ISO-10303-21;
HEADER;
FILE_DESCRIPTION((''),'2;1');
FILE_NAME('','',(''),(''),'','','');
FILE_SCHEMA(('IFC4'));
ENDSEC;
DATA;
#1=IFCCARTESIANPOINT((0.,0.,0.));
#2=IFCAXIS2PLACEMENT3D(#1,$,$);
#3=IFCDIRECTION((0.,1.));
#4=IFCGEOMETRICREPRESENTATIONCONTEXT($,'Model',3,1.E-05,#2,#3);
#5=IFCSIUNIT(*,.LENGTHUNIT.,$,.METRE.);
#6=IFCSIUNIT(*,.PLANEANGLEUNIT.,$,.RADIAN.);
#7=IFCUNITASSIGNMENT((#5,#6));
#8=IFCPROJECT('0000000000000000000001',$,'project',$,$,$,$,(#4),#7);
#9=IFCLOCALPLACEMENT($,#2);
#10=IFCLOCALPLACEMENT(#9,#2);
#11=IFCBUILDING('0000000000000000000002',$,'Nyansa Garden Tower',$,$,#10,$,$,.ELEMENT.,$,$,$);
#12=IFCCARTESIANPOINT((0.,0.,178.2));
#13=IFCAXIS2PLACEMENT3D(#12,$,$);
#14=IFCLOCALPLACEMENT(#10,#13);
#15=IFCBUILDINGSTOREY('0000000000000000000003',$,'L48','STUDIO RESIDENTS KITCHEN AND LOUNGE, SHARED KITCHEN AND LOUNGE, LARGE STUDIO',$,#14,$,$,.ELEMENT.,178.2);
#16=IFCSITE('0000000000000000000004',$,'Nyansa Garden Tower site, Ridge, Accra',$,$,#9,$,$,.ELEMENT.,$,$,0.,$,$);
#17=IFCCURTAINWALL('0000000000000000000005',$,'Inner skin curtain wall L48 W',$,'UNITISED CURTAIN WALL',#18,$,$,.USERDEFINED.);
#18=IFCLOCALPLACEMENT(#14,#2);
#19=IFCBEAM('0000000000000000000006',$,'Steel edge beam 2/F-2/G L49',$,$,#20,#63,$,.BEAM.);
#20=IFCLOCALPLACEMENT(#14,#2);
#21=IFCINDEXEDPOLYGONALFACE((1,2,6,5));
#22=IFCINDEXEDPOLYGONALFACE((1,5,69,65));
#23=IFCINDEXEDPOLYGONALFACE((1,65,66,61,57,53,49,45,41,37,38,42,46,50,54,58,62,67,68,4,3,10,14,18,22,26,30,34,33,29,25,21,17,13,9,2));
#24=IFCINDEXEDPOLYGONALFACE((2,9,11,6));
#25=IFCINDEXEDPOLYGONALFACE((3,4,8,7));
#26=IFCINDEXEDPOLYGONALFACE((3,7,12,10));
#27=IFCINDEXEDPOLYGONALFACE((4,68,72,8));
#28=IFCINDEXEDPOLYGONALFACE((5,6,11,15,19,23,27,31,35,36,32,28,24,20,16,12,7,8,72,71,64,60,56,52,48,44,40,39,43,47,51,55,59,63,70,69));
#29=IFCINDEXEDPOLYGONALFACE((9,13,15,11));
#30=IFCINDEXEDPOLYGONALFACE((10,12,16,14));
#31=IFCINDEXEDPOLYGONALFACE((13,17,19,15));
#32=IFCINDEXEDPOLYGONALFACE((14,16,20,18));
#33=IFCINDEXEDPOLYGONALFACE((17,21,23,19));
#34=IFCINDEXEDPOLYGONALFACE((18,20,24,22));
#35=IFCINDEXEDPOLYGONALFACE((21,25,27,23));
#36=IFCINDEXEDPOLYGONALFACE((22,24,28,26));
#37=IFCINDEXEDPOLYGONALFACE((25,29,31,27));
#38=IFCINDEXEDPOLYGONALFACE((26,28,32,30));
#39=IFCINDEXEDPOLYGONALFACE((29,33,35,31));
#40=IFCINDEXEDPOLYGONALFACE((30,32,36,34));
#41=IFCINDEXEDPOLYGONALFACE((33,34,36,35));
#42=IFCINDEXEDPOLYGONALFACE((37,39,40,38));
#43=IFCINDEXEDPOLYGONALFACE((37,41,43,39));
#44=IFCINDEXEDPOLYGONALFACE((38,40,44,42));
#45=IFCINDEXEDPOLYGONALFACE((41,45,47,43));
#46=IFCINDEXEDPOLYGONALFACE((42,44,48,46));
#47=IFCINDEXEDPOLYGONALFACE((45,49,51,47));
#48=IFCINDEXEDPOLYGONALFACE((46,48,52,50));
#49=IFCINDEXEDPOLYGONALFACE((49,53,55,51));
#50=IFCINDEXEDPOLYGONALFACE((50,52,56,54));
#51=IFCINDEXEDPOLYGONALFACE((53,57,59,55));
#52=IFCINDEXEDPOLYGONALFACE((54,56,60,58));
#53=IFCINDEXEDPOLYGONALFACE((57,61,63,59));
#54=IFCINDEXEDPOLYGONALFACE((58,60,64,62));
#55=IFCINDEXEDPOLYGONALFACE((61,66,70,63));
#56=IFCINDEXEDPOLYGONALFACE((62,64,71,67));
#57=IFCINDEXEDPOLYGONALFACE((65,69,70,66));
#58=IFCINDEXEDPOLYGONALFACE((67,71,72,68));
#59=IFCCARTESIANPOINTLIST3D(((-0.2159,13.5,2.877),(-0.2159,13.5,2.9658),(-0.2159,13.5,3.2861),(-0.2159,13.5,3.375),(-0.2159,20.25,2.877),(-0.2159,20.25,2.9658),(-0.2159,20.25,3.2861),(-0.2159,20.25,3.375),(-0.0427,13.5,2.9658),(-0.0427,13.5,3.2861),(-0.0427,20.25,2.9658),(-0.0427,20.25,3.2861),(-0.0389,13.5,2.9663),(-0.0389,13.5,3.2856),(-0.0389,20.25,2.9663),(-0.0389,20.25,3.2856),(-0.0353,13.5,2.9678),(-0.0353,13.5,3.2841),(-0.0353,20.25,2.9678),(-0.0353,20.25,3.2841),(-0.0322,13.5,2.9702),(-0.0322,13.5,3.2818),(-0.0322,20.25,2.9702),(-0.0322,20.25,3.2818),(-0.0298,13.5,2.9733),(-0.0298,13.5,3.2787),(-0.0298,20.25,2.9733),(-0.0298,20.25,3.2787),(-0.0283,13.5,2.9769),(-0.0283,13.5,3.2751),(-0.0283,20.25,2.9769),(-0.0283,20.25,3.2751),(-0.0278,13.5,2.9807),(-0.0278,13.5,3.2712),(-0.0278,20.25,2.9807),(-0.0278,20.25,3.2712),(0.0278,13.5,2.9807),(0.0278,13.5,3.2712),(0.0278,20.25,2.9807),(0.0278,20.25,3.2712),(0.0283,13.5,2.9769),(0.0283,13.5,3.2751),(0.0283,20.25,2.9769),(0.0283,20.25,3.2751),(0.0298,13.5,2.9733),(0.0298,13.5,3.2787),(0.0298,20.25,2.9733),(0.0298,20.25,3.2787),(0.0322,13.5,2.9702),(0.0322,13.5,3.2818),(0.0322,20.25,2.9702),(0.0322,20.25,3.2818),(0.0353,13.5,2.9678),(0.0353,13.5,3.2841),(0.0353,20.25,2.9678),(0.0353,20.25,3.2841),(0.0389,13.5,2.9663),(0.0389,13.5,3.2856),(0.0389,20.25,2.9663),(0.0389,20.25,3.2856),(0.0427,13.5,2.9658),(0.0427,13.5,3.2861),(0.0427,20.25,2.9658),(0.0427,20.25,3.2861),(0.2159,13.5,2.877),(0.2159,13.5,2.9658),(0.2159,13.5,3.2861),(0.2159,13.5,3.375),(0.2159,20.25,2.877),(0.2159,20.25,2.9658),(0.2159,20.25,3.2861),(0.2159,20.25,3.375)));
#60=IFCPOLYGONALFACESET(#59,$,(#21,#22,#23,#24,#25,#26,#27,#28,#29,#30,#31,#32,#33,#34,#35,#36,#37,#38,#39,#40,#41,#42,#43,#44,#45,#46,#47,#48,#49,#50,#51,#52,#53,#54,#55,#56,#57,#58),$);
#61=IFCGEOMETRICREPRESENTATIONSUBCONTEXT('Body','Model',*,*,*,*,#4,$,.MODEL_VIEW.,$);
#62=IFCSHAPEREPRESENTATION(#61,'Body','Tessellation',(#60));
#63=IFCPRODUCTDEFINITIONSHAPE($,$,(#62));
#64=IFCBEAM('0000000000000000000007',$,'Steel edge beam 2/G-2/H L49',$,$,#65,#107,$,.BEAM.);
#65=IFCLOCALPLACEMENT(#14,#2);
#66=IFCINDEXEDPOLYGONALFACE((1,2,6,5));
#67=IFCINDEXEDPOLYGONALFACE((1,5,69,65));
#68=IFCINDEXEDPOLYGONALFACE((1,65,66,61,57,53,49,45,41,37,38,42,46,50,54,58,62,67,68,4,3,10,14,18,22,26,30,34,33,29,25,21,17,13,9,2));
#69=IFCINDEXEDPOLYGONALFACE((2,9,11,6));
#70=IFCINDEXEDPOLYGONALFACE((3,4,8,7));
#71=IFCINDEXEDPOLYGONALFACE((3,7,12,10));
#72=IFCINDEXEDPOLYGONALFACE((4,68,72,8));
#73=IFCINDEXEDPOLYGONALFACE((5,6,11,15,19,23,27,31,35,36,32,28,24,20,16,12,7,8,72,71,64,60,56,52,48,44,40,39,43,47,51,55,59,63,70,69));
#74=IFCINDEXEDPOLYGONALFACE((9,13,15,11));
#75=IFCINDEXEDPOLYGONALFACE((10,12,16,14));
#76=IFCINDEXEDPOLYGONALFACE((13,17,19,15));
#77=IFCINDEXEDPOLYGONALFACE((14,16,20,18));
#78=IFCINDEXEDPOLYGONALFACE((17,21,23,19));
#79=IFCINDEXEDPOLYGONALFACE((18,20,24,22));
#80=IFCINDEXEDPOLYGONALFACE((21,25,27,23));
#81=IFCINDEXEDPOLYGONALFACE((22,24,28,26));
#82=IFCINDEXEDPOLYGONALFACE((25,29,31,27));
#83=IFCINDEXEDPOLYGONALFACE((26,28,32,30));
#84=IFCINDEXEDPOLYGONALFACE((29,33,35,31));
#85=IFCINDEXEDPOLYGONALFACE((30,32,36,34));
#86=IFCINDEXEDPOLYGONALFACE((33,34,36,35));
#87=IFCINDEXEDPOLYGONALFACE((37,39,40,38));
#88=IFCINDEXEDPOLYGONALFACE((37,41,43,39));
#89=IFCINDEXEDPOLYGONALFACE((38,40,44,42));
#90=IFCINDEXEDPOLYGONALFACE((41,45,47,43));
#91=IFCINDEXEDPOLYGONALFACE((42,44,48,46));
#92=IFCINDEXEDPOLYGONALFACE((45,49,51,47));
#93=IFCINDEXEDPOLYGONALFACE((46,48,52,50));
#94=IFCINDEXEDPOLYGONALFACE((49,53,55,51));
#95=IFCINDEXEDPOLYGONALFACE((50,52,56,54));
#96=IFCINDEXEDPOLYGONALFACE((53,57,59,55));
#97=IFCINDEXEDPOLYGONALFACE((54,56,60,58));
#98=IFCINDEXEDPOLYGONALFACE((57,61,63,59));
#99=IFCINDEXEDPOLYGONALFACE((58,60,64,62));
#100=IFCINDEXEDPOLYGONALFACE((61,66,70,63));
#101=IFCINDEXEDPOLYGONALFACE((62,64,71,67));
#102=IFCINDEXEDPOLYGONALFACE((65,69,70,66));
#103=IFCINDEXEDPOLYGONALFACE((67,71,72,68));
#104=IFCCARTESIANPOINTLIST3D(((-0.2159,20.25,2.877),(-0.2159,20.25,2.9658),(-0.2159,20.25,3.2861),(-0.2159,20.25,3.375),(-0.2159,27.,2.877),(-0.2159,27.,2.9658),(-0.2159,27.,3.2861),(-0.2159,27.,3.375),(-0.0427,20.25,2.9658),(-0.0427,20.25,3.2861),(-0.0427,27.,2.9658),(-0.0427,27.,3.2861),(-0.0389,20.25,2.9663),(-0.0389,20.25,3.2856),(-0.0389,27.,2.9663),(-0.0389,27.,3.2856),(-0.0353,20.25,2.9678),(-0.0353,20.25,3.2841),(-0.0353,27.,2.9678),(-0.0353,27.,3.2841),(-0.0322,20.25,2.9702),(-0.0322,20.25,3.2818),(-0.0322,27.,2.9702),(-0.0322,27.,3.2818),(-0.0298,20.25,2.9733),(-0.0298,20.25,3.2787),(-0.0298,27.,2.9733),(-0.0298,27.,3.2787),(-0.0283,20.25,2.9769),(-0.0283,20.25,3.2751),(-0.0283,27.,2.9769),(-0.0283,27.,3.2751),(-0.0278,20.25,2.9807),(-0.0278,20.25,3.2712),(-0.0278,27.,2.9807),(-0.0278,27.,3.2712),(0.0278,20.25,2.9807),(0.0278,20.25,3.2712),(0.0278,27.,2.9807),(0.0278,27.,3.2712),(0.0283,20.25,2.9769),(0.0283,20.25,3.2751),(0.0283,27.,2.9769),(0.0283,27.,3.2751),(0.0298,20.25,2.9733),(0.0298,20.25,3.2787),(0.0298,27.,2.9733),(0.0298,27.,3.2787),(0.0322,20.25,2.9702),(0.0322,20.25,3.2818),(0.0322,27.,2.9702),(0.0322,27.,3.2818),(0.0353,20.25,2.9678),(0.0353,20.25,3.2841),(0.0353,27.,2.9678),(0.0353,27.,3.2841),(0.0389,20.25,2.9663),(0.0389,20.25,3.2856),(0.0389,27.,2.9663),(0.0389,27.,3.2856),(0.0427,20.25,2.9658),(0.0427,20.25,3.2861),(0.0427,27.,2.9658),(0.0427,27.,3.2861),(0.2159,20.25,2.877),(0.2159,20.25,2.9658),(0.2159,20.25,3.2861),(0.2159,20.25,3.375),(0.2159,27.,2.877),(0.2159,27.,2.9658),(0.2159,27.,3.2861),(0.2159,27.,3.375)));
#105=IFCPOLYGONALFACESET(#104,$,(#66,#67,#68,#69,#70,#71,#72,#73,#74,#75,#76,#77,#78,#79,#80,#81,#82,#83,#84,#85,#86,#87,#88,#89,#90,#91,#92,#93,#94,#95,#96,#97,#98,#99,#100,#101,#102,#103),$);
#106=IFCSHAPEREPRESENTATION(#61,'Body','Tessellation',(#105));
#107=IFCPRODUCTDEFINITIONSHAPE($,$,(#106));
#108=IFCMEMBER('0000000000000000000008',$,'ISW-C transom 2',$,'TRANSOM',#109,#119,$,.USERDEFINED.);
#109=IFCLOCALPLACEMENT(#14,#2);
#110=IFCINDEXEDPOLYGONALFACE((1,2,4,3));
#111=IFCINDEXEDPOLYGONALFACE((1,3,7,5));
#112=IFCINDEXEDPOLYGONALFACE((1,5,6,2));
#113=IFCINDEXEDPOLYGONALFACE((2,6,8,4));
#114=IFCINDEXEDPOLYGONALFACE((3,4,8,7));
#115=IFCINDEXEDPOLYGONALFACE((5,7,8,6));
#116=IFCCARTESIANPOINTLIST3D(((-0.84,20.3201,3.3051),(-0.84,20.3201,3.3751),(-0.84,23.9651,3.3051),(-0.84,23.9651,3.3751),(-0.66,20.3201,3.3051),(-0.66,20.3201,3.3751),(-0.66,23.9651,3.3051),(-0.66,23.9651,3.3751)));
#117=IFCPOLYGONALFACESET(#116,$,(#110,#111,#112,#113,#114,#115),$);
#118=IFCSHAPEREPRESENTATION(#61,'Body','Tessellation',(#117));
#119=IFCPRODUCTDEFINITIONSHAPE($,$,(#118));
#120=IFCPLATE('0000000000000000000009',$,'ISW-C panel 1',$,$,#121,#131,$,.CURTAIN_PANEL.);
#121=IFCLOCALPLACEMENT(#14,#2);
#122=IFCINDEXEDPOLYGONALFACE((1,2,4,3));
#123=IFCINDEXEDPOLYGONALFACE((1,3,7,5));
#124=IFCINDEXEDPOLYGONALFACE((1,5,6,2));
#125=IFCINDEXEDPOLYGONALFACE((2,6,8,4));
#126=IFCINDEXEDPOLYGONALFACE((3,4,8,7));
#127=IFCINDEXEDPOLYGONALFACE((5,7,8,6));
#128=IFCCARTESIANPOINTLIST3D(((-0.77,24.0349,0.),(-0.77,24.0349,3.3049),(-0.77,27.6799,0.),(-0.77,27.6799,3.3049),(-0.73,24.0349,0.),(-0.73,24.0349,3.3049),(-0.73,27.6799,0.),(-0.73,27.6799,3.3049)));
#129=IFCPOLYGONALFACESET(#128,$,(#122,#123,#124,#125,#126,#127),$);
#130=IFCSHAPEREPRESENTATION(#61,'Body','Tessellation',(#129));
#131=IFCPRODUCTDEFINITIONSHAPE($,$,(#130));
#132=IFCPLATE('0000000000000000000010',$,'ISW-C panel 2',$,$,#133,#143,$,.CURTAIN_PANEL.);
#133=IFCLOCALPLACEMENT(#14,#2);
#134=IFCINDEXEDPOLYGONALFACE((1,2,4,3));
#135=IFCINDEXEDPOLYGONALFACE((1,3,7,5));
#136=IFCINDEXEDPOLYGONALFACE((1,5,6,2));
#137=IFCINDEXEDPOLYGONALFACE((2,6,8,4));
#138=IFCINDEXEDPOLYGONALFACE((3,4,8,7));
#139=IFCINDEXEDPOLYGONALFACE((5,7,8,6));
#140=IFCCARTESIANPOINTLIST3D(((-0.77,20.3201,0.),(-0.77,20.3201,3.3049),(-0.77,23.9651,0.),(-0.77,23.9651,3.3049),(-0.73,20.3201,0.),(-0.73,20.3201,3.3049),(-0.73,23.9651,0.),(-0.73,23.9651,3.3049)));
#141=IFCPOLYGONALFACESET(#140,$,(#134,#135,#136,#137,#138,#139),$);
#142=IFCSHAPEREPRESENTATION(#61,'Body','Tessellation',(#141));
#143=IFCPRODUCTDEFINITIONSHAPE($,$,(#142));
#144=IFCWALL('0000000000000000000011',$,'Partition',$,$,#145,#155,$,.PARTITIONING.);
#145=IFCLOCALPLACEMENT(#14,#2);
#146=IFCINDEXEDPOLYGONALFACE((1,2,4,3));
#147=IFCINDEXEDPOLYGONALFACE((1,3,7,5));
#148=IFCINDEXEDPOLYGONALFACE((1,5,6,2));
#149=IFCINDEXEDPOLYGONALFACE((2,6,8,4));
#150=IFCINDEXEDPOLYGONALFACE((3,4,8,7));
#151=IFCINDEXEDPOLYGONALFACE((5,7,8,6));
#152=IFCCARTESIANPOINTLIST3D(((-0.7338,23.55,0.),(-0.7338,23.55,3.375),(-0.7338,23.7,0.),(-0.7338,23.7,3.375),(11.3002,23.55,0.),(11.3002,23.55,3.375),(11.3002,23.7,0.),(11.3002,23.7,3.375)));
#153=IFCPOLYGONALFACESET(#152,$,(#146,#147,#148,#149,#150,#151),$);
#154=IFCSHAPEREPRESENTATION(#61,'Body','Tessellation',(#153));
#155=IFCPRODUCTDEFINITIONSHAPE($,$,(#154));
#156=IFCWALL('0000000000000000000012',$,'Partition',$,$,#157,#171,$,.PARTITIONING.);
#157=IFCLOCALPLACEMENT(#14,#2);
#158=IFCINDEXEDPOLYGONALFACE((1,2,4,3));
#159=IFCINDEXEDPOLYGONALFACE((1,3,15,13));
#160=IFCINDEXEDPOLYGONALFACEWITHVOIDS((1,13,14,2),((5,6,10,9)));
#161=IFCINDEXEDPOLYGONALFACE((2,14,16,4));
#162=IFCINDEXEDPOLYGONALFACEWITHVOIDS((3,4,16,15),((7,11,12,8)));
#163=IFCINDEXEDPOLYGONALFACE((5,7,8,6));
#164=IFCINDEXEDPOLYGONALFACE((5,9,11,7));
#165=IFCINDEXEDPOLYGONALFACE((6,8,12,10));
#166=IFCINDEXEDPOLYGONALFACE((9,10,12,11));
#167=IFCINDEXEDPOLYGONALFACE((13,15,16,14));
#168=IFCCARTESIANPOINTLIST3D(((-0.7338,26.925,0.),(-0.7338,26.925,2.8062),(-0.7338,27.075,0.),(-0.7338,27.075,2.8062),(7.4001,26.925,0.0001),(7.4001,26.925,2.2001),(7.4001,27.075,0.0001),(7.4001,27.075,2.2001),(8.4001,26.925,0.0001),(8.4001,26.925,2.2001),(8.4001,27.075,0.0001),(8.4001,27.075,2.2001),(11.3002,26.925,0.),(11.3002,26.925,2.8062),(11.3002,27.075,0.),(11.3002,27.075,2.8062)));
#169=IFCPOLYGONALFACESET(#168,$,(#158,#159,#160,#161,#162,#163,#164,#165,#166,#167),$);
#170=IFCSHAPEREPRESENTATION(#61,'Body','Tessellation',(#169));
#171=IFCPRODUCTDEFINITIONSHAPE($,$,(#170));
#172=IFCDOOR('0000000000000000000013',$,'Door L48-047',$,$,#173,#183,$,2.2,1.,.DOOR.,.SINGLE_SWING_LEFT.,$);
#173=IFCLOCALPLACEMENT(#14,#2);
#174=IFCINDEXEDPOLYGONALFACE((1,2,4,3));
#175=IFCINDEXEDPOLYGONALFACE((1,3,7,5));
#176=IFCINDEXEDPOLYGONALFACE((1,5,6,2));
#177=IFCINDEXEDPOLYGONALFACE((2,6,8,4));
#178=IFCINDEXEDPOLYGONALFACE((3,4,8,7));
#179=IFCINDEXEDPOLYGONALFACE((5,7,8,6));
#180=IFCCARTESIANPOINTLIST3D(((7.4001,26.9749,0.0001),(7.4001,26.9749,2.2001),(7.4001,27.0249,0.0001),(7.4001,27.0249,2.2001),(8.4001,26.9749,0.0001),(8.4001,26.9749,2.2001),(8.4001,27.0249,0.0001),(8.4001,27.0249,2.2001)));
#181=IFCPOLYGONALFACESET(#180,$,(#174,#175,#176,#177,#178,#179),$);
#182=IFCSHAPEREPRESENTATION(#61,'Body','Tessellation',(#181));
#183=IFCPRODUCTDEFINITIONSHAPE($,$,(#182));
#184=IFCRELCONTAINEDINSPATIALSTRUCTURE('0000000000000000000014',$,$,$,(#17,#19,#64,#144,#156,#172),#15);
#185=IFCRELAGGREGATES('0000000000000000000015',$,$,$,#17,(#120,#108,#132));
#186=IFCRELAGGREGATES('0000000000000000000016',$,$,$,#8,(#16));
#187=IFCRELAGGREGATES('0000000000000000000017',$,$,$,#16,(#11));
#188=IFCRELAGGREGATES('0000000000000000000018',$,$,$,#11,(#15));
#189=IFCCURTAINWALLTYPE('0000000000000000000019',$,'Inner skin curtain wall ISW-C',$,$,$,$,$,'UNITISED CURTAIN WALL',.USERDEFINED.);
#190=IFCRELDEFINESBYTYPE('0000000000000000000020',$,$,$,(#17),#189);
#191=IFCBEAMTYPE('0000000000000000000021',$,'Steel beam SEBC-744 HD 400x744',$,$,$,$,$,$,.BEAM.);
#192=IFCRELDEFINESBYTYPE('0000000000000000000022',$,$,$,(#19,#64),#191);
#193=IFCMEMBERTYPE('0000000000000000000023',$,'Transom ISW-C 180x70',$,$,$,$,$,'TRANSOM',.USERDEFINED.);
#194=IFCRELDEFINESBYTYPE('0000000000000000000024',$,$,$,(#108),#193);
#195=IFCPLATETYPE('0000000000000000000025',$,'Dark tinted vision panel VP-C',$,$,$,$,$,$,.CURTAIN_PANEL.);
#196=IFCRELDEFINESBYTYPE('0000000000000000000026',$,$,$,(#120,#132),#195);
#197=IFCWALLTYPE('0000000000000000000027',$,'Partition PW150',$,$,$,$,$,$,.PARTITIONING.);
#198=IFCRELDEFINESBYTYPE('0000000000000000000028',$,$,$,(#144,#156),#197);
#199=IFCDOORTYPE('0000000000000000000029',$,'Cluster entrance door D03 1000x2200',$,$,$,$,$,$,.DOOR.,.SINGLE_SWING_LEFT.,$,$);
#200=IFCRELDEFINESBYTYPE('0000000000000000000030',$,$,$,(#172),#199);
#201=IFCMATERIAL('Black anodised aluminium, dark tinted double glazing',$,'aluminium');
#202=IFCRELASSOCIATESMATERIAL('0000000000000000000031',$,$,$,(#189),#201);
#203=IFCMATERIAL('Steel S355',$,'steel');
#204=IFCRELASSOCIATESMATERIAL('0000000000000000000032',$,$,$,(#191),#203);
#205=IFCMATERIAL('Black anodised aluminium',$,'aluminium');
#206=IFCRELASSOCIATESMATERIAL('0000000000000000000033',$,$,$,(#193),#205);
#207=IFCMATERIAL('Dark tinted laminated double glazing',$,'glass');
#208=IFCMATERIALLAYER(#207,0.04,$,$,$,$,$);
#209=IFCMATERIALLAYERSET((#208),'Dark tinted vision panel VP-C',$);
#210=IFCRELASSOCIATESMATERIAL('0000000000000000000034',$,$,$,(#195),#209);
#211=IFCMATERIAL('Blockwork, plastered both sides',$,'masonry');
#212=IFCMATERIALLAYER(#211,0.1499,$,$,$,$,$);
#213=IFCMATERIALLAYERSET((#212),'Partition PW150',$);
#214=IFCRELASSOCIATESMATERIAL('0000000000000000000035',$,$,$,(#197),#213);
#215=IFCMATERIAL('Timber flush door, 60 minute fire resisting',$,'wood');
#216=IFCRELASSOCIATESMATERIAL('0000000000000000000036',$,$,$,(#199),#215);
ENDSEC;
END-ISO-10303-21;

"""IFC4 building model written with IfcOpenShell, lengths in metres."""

from ifc_helpers import new_model, si_unit, direction, frame, frame_2d, origin, origin_2d, place, context, subcontext, project, spatial, rectangle, i_section, extrude, material, layer, layer_set, material_profile, profile_set, type_object, element, fill, aggregate, save


model = new_model("IFC4")

# Units and contexts
model_context = context("Model", 3, precision=1e-05, world=origin(), true_north=direction((0.0, 1.0)))
body_context = subcontext(model_context, "Body", "Model", "MODEL_VIEW")
ifc_project = project(units=[si_unit("LENGTHUNIT", "METRE"), si_unit("PLANEANGLEUNIT", "RADIAN")], contexts=[model_context])

# Site, building, storey
site_placement = place(None, origin())
site = spatial("IfcSite", under=ifc_project, at=site_placement, Name="Nyansa Garden Tower site, Ridge, Accra", CompositionType="ELEMENT", RefElevation=0.0)
building_placement = place(site_placement, origin())
building = spatial("IfcBuilding", under=site, at=building_placement, Name="Nyansa Garden Tower", CompositionType="ELEMENT")
storey_placement = place(building_placement, frame((0.0, 0.0, 178.2)))
storey = spatial("IfcBuildingStorey", under=building, at=storey_placement, Name="L48", Description="STUDIO RESIDENTS KITCHEN AND LOUNGE, SHARED KITCHEN AND LOUNGE, LARGE STUDIO", CompositionType="ELEMENT", Elevation=178.2)

# Curtain wall
ifc_material_1 = material(Name="Black anodised aluminium, dark tinted double glazing", Category="aluminium")
curtain_wall_type = type_object("IfcCurtainWallType", Name="Inner skin curtain wall ISW-C", ElementType="UNITISED CURTAIN WALL", PredefinedType="USERDEFINED", material=ifc_material_1)
curtain_wall_placement = place(storey_placement, origin())
curtain_wall = element("IfcCurtainWall", 1, at=curtain_wall_placement, inside=storey, type_object=curtain_wall_type, Name="Inner skin curtain wall L48 W", ObjectType="UNITISED CURTAIN WALL", PredefinedType="USERDEFINED")

# Beams
ifc_material_2 = material(Name="Steel S355", Category="steel")
ifc_material_profile_1 = material_profile(ifc_material_2, i_section(OverallWidth=0.4319, OverallDepth=0.498, WebThickness=0.0557, FlangeThickness=0.0889, FilletRadius=0.0149, at=origin_2d()), Name="HD 400x744")
ifc_profile_set_1 = profile_set([ifc_material_profile_1], Name="Steel S355")
beam_type_1 = type_object("IfcBeamType", Name="Steel beam SEBC-744 HD 400x744", PredefinedType="BEAM", material=ifc_profile_set_1)
for number, where, z_axis, x_axis, name in (
    (2, (0.0, 13.5, 3.126), (0.0, 1.0, 0.0), (-1.0, 0.0, 0.0), "Steel edge beam 2/F-2/G L49"),
    (3, (0.0, 20.25, 3.126), (0.0, 1.0, 0.0), (-1.0, 0.0, 0.0), "Steel edge beam 2/G-2/H L49"),
):
    element("IfcBeam", number, at=place(storey_placement, frame(where, z_axis=z_axis, x_axis=x_axis)), inside=storey, type_object=beam_type_1, Name=name, PredefinedType="BEAM", context=body_context, shape_type="SweptSolid", body=[
        extrude(i_section(OverallWidth=0.4319, OverallDepth=0.498, WebThickness=0.0557, FlangeThickness=0.0889, FilletRadius=0.0149, at=origin_2d()), origin(), (0.0, 0.0, 1.0), 6.75),
    ])

# Member
ifc_material_3 = material(Name="Black anodised aluminium", Category="aluminium")
ifc_material_profile_2 = material_profile(ifc_material_3, rectangle(XDim=0.1799, YDim=0.0701, at=origin_2d()), Name="Transom 180x70")
ifc_profile_set_2 = profile_set([ifc_material_profile_2], Name="Black anodised aluminium")
member_type_1 = type_object("IfcMemberType", Name="Transom ISW-C 180x70", ElementType="TRANSOM", PredefinedType="USERDEFINED", material=ifc_profile_set_2)
member_1_placement = place(storey_placement, frame((-0.75, 23.9651, 3.3401), z_axis=(0.0, -1.0, 0.0), x_axis=(1.0, 0.0, 0.0)))
member_1 = element("IfcMember", 4, at=member_1_placement, type_object=member_type_1, Name="ISW-C transom 2", ObjectType="TRANSOM", PredefinedType="USERDEFINED", context=body_context, shape_type="SweptSolid", body=[
    extrude(rectangle(XDim=0.1799, YDim=0.0701, at=origin_2d()), origin(), (0.0, 0.0, 1.0), 3.645),
])

# Plates
ifc_material_4 = material(Name="Dark tinted laminated double glazing", Category="glass")
ifc_layer_1 = layer(ifc_material_4, 0.04)
ifc_layer_set_1 = layer_set([ifc_layer_1], Name="Dark tinted vision panel VP-C")
plate_type = type_object("IfcPlateType", Name="Dark tinted vision panel VP-C", PredefinedType="CURTAIN_PANEL", material=ifc_layer_set_1)
plate_1_placement = place(storey_placement, frame((-0.75, 25.8574, 0.0), z_axis=(0.0, 0.0, 1.0), x_axis=(0.0, -1.0, 0.0)))
plate_1 = element("IfcPlate", 5, at=plate_1_placement, type_object=plate_type, Name="ISW-C panel 1", PredefinedType="CURTAIN_PANEL", context=body_context, shape_type="SweptSolid", body=[
    extrude(rectangle(XDim=3.645, YDim=0.04, at=origin_2d()), origin(), (0.0, 0.0, 1.0), 3.3049),
])
plate_2_placement = place(storey_placement, frame((-0.75, 22.1426, 0.0), z_axis=(0.0, 0.0, 1.0), x_axis=(0.0, -1.0, 0.0)))
plate_2 = element("IfcPlate", 6, at=plate_2_placement, type_object=plate_type, Name="ISW-C panel 2", PredefinedType="CURTAIN_PANEL", context=body_context, shape_type="SweptSolid", body=[
    extrude(rectangle(XDim=3.645, YDim=0.04, at=origin_2d()), origin(), (0.0, 0.0, 1.0), 3.3049),
])
aggregate(curtain_wall, [plate_1, member_1, plate_2])

# Wall
ifc_material_5 = material(Name="Blockwork, plastered both sides", Category="masonry")
ifc_layer_2 = layer(ifc_material_5, 0.1499)
ifc_layer_set_2 = layer_set([ifc_layer_2], Name="Partition PW150")
wall_type_1 = type_object("IfcWallType", Name="Partition PW150", PredefinedType="PARTITIONING", material=ifc_layer_set_2)
wall_1_placement = place(storey_placement, frame((-0.7339, 23.625, 0.0), z_axis=(0.0, 0.0, 1.0), x_axis=(1.0, 0.0, 0.0)))
element("IfcWall", 7, at=wall_1_placement, inside=storey, type_object=wall_type_1, Name="Partition", PredefinedType="PARTITIONING", context=body_context, shape_type="SweptSolid", body=[
    extrude(rectangle(XDim=12.0339, YDim=0.1499, at=frame_2d((6.0171, 0.0))), origin(), (0.0, 0.0, 1.0), 3.375),
])

# Wall, opening, door
wall_2_placement = place(storey_placement, frame((-0.7339, 27.0, 0.0), z_axis=(0.0, 0.0, 1.0), x_axis=(1.0, 0.0, 0.0)))
wall_2 = element("IfcWall", 8, at=wall_2_placement, inside=storey, type_object=wall_type_1, Name="Partition", PredefinedType="PARTITIONING", context=body_context, shape_type="SweptSolid", body=[
    extrude(rectangle(XDim=12.0339, YDim=0.1499, at=frame_2d((6.0171, 0.0))), origin(), (0.0, 0.0, 1.0), 2.8062),
])
opening_1_placement = place(wall_2_placement, frame((8.134, 0.0, 0.0)))
opening_1 = element("IfcOpeningElement", 9, at=opening_1_placement, cuts=wall_2, PredefinedType="OPENING", context=body_context, shape_type="SweptSolid", body=[
    extrude(rectangle(XDim=1.0, YDim=2.2, at=frame_2d((0.5, 1.1001))), frame((0.0, 0.085, 0.0), z_axis=(0.0, -1.0, 0.0), x_axis=(1.0, 0.0, 0.0)), (0.0, 0.0, 1.0), 0.1699),
])
ifc_material_6 = material(Name="Timber flush door, 60 minute fire resisting", Category="wood")
door_type_1 = type_object("IfcDoorType", Name="Cluster entrance door D03 1000x2200", OperationType="SINGLE_SWING_LEFT", PredefinedType="DOOR", material=ifc_material_6)
door_1_placement = place(opening_1_placement, origin())
door_1 = element("IfcDoor", 10, at=door_1_placement, inside=storey, type_object=door_type_1, Name="Door L48-047", OperationType="SINGLE_SWING_LEFT", OverallHeight=2.2, OverallWidth=1.0, PredefinedType="DOOR", context=body_context, shape_type="SweptSolid", body=[
    extrude(rectangle(XDim=1.0, YDim=2.2, at=frame_2d((0.5, 1.1001))), frame((0.0, 0.0249, 0.0), z_axis=(0.0, -1.0, 0.0), x_axis=(1.0, 0.0, 0.0)), (0.0, 0.0, 1.0), 0.05),
])
fill(opening_1, door_1)

save(model, "model.ifc")
